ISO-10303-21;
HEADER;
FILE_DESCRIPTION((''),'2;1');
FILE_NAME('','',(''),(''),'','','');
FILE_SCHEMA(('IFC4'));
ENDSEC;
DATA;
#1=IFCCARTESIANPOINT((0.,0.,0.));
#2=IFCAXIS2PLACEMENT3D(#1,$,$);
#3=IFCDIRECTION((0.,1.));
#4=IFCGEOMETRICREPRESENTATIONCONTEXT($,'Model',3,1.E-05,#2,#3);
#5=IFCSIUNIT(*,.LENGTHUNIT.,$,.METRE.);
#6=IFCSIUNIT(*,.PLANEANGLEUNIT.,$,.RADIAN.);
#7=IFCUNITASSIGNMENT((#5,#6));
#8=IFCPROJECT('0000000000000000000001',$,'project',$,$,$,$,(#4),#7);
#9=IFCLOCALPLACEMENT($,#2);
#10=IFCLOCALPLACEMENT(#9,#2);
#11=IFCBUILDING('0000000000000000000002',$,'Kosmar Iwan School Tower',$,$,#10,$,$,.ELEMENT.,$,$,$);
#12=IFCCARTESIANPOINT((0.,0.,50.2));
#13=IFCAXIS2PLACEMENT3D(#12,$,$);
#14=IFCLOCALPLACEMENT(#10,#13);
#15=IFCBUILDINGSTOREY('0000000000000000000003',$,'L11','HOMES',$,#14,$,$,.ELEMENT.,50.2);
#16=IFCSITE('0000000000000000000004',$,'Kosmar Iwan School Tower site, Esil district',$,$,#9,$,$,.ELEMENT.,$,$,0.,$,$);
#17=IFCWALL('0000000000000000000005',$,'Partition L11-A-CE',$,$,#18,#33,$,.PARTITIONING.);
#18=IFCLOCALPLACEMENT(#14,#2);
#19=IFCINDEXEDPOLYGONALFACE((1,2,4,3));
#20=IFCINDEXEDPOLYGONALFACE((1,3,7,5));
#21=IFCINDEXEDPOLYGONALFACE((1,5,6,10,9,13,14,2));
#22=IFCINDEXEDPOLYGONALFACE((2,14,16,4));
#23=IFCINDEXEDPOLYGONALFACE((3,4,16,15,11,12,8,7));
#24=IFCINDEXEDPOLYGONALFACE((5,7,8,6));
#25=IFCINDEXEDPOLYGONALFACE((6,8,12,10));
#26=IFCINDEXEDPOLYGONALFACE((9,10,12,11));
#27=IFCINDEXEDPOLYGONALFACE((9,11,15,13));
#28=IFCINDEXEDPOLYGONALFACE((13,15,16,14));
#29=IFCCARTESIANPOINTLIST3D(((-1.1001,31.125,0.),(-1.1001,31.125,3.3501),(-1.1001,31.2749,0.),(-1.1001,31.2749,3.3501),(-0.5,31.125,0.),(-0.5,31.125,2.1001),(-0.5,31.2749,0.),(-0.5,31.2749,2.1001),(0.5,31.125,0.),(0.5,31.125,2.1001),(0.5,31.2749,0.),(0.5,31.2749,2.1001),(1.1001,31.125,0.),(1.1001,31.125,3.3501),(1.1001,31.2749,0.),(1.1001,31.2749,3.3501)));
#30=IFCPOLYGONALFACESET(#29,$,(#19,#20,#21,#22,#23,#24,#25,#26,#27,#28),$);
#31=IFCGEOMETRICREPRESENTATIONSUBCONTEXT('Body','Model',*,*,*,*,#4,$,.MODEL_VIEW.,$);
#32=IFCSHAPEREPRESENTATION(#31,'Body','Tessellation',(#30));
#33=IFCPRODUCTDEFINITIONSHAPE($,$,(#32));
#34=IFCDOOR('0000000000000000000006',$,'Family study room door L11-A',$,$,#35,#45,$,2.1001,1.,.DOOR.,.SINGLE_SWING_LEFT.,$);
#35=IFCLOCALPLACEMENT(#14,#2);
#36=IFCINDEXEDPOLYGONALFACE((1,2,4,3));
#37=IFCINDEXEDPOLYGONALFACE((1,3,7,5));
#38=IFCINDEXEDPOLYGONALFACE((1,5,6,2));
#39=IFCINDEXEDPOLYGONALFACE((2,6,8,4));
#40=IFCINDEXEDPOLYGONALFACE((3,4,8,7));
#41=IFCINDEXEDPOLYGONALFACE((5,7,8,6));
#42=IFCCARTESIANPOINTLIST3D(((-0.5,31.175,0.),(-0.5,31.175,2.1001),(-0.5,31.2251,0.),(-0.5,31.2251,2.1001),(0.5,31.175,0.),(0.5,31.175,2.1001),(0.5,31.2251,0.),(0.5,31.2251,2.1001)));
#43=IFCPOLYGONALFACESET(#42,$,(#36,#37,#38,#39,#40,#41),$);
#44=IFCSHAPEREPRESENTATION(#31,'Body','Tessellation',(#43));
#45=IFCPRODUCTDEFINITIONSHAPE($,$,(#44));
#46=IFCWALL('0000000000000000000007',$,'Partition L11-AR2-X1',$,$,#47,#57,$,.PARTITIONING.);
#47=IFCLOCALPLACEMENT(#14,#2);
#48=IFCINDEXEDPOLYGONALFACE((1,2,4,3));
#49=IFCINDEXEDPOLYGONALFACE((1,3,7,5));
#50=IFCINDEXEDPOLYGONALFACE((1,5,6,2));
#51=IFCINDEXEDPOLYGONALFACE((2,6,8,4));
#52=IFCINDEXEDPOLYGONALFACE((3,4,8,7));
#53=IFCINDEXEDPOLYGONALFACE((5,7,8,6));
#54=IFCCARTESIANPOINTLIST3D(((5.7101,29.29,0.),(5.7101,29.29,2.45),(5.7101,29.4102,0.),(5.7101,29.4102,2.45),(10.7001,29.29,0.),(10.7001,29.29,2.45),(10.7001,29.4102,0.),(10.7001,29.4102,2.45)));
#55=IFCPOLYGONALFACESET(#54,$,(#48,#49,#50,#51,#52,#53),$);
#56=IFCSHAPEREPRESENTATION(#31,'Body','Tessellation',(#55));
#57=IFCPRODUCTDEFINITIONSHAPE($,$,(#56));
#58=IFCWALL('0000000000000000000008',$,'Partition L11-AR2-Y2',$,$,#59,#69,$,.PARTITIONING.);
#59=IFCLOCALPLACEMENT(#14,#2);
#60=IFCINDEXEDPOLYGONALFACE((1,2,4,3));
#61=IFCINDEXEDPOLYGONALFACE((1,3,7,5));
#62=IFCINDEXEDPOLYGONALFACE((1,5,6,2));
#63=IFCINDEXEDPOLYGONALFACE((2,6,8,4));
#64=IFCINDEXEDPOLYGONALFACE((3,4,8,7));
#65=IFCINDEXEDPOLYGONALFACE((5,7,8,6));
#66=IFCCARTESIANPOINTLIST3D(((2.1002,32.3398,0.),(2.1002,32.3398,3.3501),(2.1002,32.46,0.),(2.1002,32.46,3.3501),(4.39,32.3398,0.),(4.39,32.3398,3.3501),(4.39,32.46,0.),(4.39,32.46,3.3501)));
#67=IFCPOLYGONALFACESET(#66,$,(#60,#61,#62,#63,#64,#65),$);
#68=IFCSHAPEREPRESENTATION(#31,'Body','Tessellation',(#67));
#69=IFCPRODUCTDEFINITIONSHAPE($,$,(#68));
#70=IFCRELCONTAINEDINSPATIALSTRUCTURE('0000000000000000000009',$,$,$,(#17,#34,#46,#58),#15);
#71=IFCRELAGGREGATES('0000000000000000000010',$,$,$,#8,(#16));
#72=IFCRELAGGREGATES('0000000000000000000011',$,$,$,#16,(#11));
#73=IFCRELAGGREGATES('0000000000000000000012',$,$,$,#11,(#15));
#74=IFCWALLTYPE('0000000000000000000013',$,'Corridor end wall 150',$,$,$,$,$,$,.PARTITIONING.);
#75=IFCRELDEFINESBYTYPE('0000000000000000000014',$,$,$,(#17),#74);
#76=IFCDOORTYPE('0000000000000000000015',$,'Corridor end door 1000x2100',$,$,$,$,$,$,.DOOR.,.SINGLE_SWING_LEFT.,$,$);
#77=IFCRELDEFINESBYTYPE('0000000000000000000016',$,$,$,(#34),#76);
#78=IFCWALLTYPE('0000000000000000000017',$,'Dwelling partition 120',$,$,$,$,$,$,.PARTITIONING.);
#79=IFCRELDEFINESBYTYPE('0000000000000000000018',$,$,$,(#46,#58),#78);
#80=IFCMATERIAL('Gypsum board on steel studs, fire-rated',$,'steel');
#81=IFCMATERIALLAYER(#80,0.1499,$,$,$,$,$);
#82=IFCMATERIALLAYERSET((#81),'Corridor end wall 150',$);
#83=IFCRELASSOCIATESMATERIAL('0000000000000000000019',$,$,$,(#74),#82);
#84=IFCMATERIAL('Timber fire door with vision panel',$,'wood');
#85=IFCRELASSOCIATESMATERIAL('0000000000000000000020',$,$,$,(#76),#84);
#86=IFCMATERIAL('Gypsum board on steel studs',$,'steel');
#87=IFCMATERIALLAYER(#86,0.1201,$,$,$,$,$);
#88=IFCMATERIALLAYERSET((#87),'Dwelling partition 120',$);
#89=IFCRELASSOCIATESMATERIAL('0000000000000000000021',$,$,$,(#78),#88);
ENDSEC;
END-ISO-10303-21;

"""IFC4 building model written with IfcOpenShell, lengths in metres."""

from ifc_helpers import new_model, si_unit, direction, frame, frame_2d, origin, place, context, subcontext, project, spatial, rectangle, extrude, material, layer, layer_set, type_object, element, fill, save


model = new_model("IFC4")

# Units and contexts
model_context = context("Model", 3, precision=1e-05, world=origin(), true_north=direction((0.0, 1.0)))
body_context = subcontext(model_context, "Body", "Model", "MODEL_VIEW")
ifc_project = project(units=[si_unit("LENGTHUNIT", "METRE"), si_unit("PLANEANGLEUNIT", "RADIAN")], contexts=[model_context])

# Site, building, storey
site_placement = place(None, origin())
site = spatial("IfcSite", under=ifc_project, at=site_placement, Name="Kosmar Iwan School Tower site, Esil district", CompositionType="ELEMENT", RefElevation=0.0)
building_placement = place(site_placement, origin())
building = spatial("IfcBuilding", under=site, at=building_placement, Name="Kosmar Iwan School Tower", CompositionType="ELEMENT")
storey_placement = place(building_placement, frame((0.0, 0.0, 50.2)))
storey = spatial("IfcBuildingStorey", under=building, at=storey_placement, Name="L11", Description="HOMES", CompositionType="ELEMENT", Elevation=50.2)

# Wall, opening, door
ifc_material_1 = material(Name="Gypsum board on steel studs, fire-rated", Category="steel")
ifc_layer_1 = layer(ifc_material_1, 0.1499)
ifc_layer_set_1 = layer_set([ifc_layer_1], Name="Corridor end wall 150")
wall_type_1 = type_object("IfcWallType", Name="Corridor end wall 150", PredefinedType="PARTITIONING", material=ifc_layer_set_1)
wall_1_placement = place(storey_placement, frame((1.1001, 31.2, 0.0), z_axis=(0.0, 0.0, 1.0), x_axis=(-1.0, 0.0, 0.0)))
wall_1 = element("IfcWall", 1, at=wall_1_placement, inside=storey, type_object=wall_type_1, Name="Partition L11-A-CE", PredefinedType="PARTITIONING", context=body_context, shape_type="SweptSolid", body=[
    extrude(rectangle(XDim=2.2002, YDim=0.1499, at=frame_2d((1.1001, 0.0))), origin(), (0.0, 0.0, 1.0), 3.3501),
])
opening_placement = place(wall_1_placement, frame((0.6001, 0.0, 0.0)))
opening = element("IfcOpeningElement", 2, at=opening_placement, cuts=wall_1, PredefinedType="OPENING", context=body_context, shape_type="SweptSolid", body=[
    extrude(rectangle(XDim=1.0, YDim=2.1001, at=frame_2d((0.5, 1.05))), frame((0.0, 0.0869, 0.0), z_axis=(0.0, -1.0, 0.0), x_axis=(1.0, 0.0, 0.0)), (0.0, 0.0, 1.0), 0.1738),
])
ifc_material_2 = material(Name="Timber fire door with vision panel", Category="wood")
door_type = type_object("IfcDoorType", Name="Corridor end door 1000x2100", OperationType="SINGLE_SWING_LEFT", PredefinedType="DOOR", material=ifc_material_2)
door_placement = place(opening_placement, origin())
door = element("IfcDoor", 3, at=door_placement, inside=storey, type_object=door_type, Name="Family study room door L11-A", OperationType="SINGLE_SWING_LEFT", OverallHeight=2.1001, OverallWidth=1.0, PredefinedType="DOOR", context=body_context, shape_type="SweptSolid", body=[
    extrude(rectangle(XDim=1.0, YDim=2.1001, at=frame_2d((0.5, 1.05))), frame((0.0, 0.0249, 0.0), z_axis=(0.0, -1.0, 0.0), x_axis=(1.0, 0.0, 0.0)), (0.0, 0.0, 1.0), 0.05),
])
fill(opening, door)

# Walls
ifc_material_3 = material(Name="Gypsum board on steel studs", Category="steel")
ifc_layer_2 = layer(ifc_material_3, 0.1201)
ifc_layer_set_2 = layer_set([ifc_layer_2], Name="Dwelling partition 120")
wall_type_2 = type_object("IfcWallType", Name="Dwelling partition 120", PredefinedType="PARTITIONING", material=ifc_layer_set_2)
wall_2_placement = place(storey_placement, frame((5.71, 29.3501, 0.0), z_axis=(0.0, 0.0, 1.0), x_axis=(1.0, 0.0, 0.0)))
element("IfcWall", 4, at=wall_2_placement, inside=storey, type_object=wall_type_2, Name="Partition L11-AR2-X1", PredefinedType="PARTITIONING", context=body_context, shape_type="SweptSolid", body=[
    extrude(rectangle(XDim=4.99, YDim=0.1201, at=frame_2d((2.4951, 0.0))), origin(), (0.0, 0.0, 1.0), 2.45),
])
wall_3_placement = place(storey_placement, frame((2.1001, 32.3999, 0.0), z_axis=(0.0, 0.0, 1.0), x_axis=(1.0, 0.0, 0.0)))
element("IfcWall", 5, at=wall_3_placement, inside=storey, type_object=wall_type_2, Name="Partition L11-AR2-Y2", PredefinedType="PARTITIONING", context=body_context, shape_type="SweptSolid", body=[
    extrude(rectangle(XDim=2.2898, YDim=0.1201, at=frame_2d((1.145, 0.0))), origin(), (0.0, 0.0, 1.0), 3.3501),
])

save(model, "model.ifc")
